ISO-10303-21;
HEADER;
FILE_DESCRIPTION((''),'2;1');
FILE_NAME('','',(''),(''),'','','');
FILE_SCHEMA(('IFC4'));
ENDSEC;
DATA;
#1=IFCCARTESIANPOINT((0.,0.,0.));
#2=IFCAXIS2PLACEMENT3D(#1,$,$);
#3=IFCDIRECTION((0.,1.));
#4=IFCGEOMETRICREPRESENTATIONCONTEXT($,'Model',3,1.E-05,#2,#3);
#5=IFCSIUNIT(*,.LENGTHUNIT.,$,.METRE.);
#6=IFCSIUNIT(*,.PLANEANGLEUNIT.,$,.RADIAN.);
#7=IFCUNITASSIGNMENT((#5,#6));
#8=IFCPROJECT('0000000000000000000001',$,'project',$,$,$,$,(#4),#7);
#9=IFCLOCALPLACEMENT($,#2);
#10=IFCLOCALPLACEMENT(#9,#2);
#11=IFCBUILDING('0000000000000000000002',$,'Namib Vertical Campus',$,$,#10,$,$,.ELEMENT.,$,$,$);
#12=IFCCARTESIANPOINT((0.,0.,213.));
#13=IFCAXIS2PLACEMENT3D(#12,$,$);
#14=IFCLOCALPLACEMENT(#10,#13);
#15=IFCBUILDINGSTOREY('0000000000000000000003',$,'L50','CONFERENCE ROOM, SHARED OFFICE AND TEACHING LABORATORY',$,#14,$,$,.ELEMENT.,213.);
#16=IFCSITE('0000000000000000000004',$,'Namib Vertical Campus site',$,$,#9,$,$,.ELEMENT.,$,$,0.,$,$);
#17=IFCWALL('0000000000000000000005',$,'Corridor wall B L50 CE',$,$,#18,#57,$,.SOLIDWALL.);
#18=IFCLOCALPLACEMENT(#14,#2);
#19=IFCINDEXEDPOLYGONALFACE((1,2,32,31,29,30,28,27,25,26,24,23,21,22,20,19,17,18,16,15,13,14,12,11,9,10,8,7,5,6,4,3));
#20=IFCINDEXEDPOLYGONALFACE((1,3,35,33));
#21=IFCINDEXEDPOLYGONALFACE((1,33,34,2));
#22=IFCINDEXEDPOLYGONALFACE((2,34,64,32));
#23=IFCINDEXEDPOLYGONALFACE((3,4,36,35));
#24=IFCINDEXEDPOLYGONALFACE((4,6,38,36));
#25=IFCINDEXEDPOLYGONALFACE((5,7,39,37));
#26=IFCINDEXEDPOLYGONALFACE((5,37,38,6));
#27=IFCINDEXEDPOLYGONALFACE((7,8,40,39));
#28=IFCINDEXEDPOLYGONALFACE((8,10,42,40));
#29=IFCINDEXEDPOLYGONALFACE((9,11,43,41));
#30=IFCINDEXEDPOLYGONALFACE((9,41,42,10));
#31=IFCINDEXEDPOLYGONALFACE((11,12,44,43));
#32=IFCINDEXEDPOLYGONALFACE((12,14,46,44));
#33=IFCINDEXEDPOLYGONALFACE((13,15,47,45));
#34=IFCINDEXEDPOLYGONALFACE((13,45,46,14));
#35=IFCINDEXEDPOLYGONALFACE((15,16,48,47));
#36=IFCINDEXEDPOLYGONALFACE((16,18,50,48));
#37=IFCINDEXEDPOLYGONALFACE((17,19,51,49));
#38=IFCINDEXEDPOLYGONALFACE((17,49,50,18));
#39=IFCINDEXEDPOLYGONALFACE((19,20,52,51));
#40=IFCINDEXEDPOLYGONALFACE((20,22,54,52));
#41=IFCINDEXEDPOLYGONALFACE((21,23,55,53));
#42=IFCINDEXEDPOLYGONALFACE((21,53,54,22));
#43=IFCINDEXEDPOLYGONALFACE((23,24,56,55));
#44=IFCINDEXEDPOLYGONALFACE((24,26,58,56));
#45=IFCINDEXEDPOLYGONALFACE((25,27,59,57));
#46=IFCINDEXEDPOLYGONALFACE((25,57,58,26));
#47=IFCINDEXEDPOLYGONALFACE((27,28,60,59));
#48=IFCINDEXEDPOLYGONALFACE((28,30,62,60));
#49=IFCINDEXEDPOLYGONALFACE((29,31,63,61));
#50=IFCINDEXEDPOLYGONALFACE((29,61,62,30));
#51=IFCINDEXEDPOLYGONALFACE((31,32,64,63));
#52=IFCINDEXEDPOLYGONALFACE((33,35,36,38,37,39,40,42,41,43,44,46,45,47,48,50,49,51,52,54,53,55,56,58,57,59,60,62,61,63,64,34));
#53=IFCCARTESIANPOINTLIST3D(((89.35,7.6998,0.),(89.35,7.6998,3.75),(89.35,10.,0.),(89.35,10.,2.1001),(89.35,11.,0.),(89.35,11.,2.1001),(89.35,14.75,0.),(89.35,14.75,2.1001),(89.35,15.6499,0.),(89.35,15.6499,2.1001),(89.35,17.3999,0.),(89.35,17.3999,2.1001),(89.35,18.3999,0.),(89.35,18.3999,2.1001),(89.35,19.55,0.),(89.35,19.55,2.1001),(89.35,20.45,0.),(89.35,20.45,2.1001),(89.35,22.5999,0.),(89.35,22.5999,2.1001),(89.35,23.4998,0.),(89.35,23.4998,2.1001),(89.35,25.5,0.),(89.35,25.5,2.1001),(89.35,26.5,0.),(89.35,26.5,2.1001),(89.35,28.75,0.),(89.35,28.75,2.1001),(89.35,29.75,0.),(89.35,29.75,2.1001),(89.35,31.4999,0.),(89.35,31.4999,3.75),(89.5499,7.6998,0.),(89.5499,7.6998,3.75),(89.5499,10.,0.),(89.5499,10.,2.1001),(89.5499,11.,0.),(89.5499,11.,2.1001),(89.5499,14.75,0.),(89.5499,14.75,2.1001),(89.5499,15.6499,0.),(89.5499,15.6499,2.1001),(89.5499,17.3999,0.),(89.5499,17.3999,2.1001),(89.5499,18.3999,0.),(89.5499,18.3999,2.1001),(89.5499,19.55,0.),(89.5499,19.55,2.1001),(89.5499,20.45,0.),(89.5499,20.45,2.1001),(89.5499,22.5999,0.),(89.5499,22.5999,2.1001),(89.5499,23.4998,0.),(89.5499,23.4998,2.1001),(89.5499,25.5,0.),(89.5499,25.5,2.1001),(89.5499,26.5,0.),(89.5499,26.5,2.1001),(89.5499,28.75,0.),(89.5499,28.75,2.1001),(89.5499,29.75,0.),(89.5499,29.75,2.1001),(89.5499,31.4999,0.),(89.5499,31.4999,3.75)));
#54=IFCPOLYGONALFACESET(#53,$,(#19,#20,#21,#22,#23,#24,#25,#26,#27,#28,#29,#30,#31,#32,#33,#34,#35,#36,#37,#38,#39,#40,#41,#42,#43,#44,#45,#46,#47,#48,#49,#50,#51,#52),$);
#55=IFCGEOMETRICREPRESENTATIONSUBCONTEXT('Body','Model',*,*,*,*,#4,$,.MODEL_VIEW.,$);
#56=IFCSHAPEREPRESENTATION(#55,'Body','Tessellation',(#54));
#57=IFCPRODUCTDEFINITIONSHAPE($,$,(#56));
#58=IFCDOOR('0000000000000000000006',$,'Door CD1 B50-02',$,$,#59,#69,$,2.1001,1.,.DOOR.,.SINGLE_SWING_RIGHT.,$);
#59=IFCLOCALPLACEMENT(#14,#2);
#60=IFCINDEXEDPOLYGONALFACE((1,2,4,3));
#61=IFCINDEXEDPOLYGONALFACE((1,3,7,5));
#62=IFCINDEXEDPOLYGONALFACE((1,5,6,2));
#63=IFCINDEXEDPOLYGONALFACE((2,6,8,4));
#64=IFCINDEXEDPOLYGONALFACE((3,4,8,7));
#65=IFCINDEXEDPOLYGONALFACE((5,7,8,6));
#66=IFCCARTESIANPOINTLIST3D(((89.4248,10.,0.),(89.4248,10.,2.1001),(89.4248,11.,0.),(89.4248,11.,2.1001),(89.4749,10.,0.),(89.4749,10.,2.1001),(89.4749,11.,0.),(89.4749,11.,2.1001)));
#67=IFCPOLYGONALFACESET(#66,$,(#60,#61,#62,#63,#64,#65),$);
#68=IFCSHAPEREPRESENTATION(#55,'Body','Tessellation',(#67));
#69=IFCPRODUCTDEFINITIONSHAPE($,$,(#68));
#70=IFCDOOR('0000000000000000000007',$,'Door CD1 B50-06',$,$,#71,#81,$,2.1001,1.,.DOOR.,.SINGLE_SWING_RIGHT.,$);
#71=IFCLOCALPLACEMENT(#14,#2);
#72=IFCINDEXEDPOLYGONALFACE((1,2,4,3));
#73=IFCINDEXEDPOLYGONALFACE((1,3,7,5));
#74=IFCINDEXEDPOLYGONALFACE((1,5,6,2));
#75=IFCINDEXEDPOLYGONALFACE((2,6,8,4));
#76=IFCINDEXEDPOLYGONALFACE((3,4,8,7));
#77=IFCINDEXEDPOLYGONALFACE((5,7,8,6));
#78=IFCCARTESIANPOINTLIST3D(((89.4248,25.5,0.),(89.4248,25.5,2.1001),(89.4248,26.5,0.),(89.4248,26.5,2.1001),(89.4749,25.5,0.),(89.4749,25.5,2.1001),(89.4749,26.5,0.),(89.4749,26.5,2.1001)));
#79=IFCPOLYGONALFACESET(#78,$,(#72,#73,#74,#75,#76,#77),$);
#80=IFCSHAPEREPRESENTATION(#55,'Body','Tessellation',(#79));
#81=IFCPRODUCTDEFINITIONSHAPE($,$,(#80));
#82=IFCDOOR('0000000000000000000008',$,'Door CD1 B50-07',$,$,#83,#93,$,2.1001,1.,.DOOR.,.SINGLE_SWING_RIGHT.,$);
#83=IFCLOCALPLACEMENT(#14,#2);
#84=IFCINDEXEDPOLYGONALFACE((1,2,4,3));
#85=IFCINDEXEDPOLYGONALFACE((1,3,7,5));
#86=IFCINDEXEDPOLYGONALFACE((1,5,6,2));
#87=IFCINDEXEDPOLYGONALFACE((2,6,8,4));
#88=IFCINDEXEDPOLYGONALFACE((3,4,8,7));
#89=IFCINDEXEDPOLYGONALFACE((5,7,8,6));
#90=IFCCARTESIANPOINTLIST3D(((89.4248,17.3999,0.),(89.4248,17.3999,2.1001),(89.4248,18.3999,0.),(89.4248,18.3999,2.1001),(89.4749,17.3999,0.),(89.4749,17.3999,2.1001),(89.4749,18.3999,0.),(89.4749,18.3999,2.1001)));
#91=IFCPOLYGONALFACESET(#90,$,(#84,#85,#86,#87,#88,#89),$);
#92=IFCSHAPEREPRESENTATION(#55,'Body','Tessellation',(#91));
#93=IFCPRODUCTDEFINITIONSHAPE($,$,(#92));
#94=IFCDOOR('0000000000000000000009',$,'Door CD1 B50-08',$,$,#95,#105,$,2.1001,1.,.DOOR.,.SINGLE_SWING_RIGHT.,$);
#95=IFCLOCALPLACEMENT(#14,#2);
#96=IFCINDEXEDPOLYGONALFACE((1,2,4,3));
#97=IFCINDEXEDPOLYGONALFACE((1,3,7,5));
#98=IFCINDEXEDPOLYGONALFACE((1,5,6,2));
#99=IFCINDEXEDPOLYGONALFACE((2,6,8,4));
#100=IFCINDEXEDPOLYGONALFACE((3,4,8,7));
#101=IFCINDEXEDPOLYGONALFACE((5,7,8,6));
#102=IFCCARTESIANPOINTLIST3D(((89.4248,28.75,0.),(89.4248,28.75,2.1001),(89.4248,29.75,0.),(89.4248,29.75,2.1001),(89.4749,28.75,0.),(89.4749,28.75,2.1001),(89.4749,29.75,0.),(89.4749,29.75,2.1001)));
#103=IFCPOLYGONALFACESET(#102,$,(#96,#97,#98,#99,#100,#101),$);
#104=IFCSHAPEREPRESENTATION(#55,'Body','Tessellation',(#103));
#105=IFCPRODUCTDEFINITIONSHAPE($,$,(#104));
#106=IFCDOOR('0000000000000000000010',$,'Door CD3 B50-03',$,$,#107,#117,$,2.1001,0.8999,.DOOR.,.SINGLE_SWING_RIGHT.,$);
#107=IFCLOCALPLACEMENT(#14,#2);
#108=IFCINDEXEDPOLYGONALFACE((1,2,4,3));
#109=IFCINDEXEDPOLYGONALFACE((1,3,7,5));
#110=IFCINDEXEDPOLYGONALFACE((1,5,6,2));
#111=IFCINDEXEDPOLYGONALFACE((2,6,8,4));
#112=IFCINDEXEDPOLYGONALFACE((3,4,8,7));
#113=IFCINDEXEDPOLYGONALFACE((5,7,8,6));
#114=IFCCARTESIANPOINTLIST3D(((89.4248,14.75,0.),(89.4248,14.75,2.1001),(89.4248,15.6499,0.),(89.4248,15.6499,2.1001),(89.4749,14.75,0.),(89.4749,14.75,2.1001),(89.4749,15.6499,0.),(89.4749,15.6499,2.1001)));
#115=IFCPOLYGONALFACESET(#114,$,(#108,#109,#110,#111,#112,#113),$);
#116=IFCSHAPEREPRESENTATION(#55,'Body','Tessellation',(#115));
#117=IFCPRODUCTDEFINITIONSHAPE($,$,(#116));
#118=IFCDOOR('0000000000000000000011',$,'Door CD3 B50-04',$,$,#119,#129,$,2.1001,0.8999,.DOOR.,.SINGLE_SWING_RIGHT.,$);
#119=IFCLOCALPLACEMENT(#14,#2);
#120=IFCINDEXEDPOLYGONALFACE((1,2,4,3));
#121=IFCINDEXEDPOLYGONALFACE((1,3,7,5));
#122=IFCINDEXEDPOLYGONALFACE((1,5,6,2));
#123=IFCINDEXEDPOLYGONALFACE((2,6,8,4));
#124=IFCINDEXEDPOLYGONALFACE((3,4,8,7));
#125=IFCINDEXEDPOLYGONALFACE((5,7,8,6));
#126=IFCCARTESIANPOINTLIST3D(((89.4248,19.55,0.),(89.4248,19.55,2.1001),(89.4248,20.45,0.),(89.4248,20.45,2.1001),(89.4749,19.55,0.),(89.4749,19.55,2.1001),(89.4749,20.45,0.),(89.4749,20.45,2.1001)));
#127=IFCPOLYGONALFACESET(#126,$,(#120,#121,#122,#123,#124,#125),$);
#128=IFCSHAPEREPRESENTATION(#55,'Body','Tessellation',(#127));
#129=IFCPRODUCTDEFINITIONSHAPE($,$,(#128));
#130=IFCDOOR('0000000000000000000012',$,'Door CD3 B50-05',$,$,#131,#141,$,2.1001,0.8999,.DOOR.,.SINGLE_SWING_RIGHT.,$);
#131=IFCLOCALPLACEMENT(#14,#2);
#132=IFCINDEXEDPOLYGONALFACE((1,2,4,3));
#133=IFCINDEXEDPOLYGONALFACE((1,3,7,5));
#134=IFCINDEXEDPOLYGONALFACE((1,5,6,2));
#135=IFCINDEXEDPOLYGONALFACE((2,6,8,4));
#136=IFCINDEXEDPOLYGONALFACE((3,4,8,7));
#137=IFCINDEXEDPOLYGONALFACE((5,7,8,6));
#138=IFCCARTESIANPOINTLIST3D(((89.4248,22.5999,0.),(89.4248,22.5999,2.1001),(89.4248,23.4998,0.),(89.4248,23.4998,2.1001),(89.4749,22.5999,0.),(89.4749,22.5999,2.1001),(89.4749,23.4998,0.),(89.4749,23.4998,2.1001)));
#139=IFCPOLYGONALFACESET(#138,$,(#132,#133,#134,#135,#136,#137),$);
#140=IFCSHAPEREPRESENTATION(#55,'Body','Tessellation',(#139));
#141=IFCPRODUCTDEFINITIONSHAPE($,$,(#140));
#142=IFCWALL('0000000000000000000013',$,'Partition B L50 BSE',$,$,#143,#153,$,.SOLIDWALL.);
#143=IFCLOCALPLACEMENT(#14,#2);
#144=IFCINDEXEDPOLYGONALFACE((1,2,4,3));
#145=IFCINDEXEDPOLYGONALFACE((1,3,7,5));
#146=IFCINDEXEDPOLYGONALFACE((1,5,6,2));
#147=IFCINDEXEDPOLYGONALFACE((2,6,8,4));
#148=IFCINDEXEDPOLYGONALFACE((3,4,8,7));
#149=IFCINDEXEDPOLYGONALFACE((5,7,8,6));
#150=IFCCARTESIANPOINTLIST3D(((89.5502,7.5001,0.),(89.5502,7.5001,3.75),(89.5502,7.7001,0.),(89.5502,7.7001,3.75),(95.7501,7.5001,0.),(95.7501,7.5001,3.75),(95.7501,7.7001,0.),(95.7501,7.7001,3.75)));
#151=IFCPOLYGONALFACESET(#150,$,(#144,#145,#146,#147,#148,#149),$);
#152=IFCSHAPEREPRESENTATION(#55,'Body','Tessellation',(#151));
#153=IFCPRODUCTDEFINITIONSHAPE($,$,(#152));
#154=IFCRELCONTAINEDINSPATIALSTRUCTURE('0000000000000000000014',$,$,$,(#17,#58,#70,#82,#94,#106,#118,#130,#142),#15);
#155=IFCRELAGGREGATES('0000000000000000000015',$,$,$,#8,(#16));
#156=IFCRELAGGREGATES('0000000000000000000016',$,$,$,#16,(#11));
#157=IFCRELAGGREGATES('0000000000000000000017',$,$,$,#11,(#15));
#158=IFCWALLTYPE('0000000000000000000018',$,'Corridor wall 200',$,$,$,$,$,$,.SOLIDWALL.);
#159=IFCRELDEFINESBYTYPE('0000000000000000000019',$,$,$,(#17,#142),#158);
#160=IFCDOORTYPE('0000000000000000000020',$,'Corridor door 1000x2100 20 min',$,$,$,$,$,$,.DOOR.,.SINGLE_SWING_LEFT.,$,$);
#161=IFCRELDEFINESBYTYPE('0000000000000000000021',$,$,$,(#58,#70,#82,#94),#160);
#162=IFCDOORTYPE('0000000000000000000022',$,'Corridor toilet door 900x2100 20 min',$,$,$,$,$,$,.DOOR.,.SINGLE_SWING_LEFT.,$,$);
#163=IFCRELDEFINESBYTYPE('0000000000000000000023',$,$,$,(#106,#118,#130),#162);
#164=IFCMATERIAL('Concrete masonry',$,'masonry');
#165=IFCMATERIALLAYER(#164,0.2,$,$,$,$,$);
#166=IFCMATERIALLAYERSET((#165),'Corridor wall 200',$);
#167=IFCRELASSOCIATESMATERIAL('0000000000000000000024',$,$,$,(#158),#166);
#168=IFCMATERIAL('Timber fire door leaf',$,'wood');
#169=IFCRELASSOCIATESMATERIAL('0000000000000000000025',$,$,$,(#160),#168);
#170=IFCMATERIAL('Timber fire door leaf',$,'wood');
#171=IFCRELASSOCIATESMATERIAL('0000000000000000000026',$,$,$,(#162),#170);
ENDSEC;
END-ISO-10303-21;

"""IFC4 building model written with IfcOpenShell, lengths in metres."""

from ifc_helpers import new_model, si_unit, direction, frame, frame_2d, origin, place, context, subcontext, project, spatial, rectangle, extrude, material, layer, layer_set, type_object, element, fill, save


model = new_model("IFC4")

# Units and contexts
model_context = context("Model", 3, precision=1e-05, world=origin(), true_north=direction((0.0, 1.0)))
body_context = subcontext(model_context, "Body", "Model", "MODEL_VIEW")
ifc_project = project(units=[si_unit("LENGTHUNIT", "METRE"), si_unit("PLANEANGLEUNIT", "RADIAN")], contexts=[model_context])

# Site, building, storey
site_placement = place(None, origin())
site = spatial("IfcSite", under=ifc_project, at=site_placement, Name="Namib Vertical Campus site", CompositionType="ELEMENT", RefElevation=0.0)
building_placement = place(site_placement, origin())
building = spatial("IfcBuilding", under=site, at=building_placement, Name="Namib Vertical Campus", CompositionType="ELEMENT")
storey_placement = place(building_placement, frame((0.0, 0.0, 213.0)))
storey = spatial("IfcBuildingStorey", under=building, at=storey_placement, Name="L50", Description="CONFERENCE ROOM, SHARED OFFICE AND TEACHING LABORATORY", CompositionType="ELEMENT", Elevation=213.0)

# Wall, openings, doors
ifc_material_1 = material(Name="Concrete masonry", Category="masonry")
ifc_layer_1 = layer(ifc_material_1, 0.2)
ifc_layer_set_1 = layer_set([ifc_layer_1], Name="Corridor wall 200")
wall_type_1 = type_object("IfcWallType", Name="Corridor wall 200", PredefinedType="SOLIDWALL", material=ifc_layer_set_1)
wall_1_placement = place(storey_placement, frame((89.45, 7.7, 0.0), z_axis=(0.0, 0.0, 1.0), x_axis=(0.0, 1.0, 0.0)))
wall_1 = element("IfcWall", 1, at=wall_1_placement, inside=storey, type_object=wall_type_1, Name="Corridor wall B L50 CE", PredefinedType="SOLIDWALL", context=body_context, shape_type="SweptSolid", body=[
    extrude(rectangle(XDim=23.8, YDim=0.2, at=frame_2d((11.8999, 0.0))), origin(), (0.0, 0.0, 1.0), 3.75),
])
opening_1_placement = place(wall_1_placement, frame((2.3, 0.0, 0.0)))
opening_1 = element("IfcOpeningElement", 2, at=opening_1_placement, cuts=wall_1, PredefinedType="OPENING", context=body_context, shape_type="SweptSolid", body=[
    extrude(rectangle(XDim=1.0, YDim=2.1001, at=frame_2d((0.5, 1.05))), frame((0.0, 0.1099, 0.0), z_axis=(0.0, -1.0, 0.0), x_axis=(1.0, 0.0, 0.0)), (0.0, 0.0, 1.0), 0.22),
])
opening_2_placement = place(wall_1_placement, frame((7.05, 0.0, 0.0)))
opening_2 = element("IfcOpeningElement", 3, at=opening_2_placement, cuts=wall_1, PredefinedType="OPENING", context=body_context, shape_type="SweptSolid", body=[
    extrude(rectangle(XDim=0.8999, YDim=2.1001, at=frame_2d((0.45, 1.05))), frame((0.0, 0.1099, 0.0), z_axis=(0.0, -1.0, 0.0), x_axis=(1.0, 0.0, 0.0)), (0.0, 0.0, 1.0), 0.22),
])
opening_3_placement = place(wall_1_placement, frame((11.8501, 0.0, 0.0)))
opening_3 = element("IfcOpeningElement", 4, at=opening_3_placement, cuts=wall_1, PredefinedType="OPENING", context=body_context, shape_type="SweptSolid", body=[
    extrude(rectangle(XDim=0.8999, YDim=2.1001, at=frame_2d((0.45, 1.05))), frame((0.0, 0.1099, 0.0), z_axis=(0.0, -1.0, 0.0), x_axis=(1.0, 0.0, 0.0)), (0.0, 0.0, 1.0), 0.22),
])
opening_4_placement = place(wall_1_placement, frame((14.8999, 0.0, 0.0)))
opening_4 = element("IfcOpeningElement", 5, at=opening_4_placement, cuts=wall_1, PredefinedType="OPENING", context=body_context, shape_type="SweptSolid", body=[
    extrude(rectangle(XDim=0.8999, YDim=2.1001, at=frame_2d((0.45, 1.05))), frame((0.0, 0.1099, 0.0), z_axis=(0.0, -1.0, 0.0), x_axis=(1.0, 0.0, 0.0)), (0.0, 0.0, 1.0), 0.22),
])
opening_5_placement = place(wall_1_placement, frame((17.8, 0.0, 0.0)))
opening_5 = element("IfcOpeningElement", 6, at=opening_5_placement, cuts=wall_1, PredefinedType="OPENING", context=body_context, shape_type="SweptSolid", body=[
    extrude(rectangle(XDim=1.0, YDim=2.1001, at=frame_2d((0.5, 1.05))), frame((0.0, 0.1099, 0.0), z_axis=(0.0, -1.0, 0.0), x_axis=(1.0, 0.0, 0.0)), (0.0, 0.0, 1.0), 0.22),
])
opening_6_placement = place(wall_1_placement, frame((9.7, 0.0, 0.0)))
opening_6 = element("IfcOpeningElement", 7, at=opening_6_placement, cuts=wall_1, PredefinedType="OPENING", context=body_context, shape_type="SweptSolid", body=[
    extrude(rectangle(XDim=1.0, YDim=2.1001, at=frame_2d((0.5, 1.05))), frame((0.0, 0.1099, 0.0), z_axis=(0.0, -1.0, 0.0), x_axis=(1.0, 0.0, 0.0)), (0.0, 0.0, 1.0), 0.22),
])
opening_7_placement = place(wall_1_placement, frame((21.05, 0.0, 0.0)))
opening_7 = element("IfcOpeningElement", 8, at=opening_7_placement, cuts=wall_1, PredefinedType="OPENING", context=body_context, shape_type="SweptSolid", body=[
    extrude(rectangle(XDim=1.0, YDim=2.1001, at=frame_2d((0.5, 1.05))), frame((0.0, 0.1099, 0.0), z_axis=(0.0, -1.0, 0.0), x_axis=(1.0, 0.0, 0.0)), (0.0, 0.0, 1.0), 0.22),
])
ifc_material_2 = material(Name="Timber fire door leaf", Category="wood")
door_type_1 = type_object("IfcDoorType", Name="Corridor door 1000x2100 20 min", OperationType="SINGLE_SWING_LEFT", PredefinedType="DOOR", material=ifc_material_2)
door_1_placement = place(opening_1_placement, frame((1.0, 0.0, 0.0), z_axis=(0.0, 0.0, 1.0), x_axis=(-1.0, 0.0, 0.0)))
door_1 = element("IfcDoor", 9, at=door_1_placement, inside=storey, type_object=door_type_1, Name="Door CD1 B50-02", OperationType="SINGLE_SWING_RIGHT", OverallHeight=2.1001, OverallWidth=1.0, PredefinedType="DOOR", context=body_context, shape_type="SweptSolid", body=[
    extrude(rectangle(XDim=1.0, YDim=2.1001, at=frame_2d((0.5, 1.05))), frame((0.0, 0.0249, 0.0), z_axis=(0.0, -1.0, 0.0), x_axis=(1.0, 0.0, 0.0)), (0.0, 0.0, 1.0), 0.05),
])
fill(opening_1, door_1)
door_2_placement = place(opening_5_placement, frame((1.0, 0.0, 0.0), z_axis=(0.0, 0.0, 1.0), x_axis=(-1.0, 0.0, 0.0)))
door_2 = element("IfcDoor", 10, at=door_2_placement, inside=storey, type_object=door_type_1, Name="Door CD1 B50-06", OperationType="SINGLE_SWING_RIGHT", OverallHeight=2.1001, OverallWidth=1.0, PredefinedType="DOOR", context=body_context, shape_type="SweptSolid", body=[
    extrude(rectangle(XDim=1.0, YDim=2.1001, at=frame_2d((0.5, 1.05))), frame((0.0, 0.0249, 0.0), z_axis=(0.0, -1.0, 0.0), x_axis=(1.0, 0.0, 0.0)), (0.0, 0.0, 1.0), 0.05),
])
fill(opening_5, door_2)
door_3_placement = place(opening_6_placement, frame((1.0, 0.0, 0.0), z_axis=(0.0, 0.0, 1.0), x_axis=(-1.0, 0.0, 0.0)))
door_3 = element("IfcDoor", 11, at=door_3_placement, inside=storey, type_object=door_type_1, Name="Door CD1 B50-07", OperationType="SINGLE_SWING_RIGHT", OverallHeight=2.1001, OverallWidth=1.0, PredefinedType="DOOR", context=body_context, shape_type="SweptSolid", body=[
    extrude(rectangle(XDim=1.0, YDim=2.1001, at=frame_2d((0.5, 1.05))), frame((0.0, 0.0249, 0.0), z_axis=(0.0, -1.0, 0.0), x_axis=(1.0, 0.0, 0.0)), (0.0, 0.0, 1.0), 0.05),
])
fill(opening_6, door_3)
door_4_placement = place(opening_7_placement, frame((1.0, 0.0, 0.0), z_axis=(0.0, 0.0, 1.0), x_axis=(-1.0, 0.0, 0.0)))
door_4 = element("IfcDoor", 12, at=door_4_placement, inside=storey, type_object=door_type_1, Name="Door CD1 B50-08", OperationType="SINGLE_SWING_RIGHT", OverallHeight=2.1001, OverallWidth=1.0, PredefinedType="DOOR", context=body_context, shape_type="SweptSolid", body=[
    extrude(rectangle(XDim=1.0, YDim=2.1001, at=frame_2d((0.5, 1.05))), frame((0.0, 0.0249, 0.0), z_axis=(0.0, -1.0, 0.0), x_axis=(1.0, 0.0, 0.0)), (0.0, 0.0, 1.0), 0.05),
])
fill(opening_7, door_4)
ifc_material_3 = material(Name="Timber fire door leaf", Category="wood")
door_type_2 = type_object("IfcDoorType", Name="Corridor toilet door 900x2100 20 min", OperationType="SINGLE_SWING_LEFT", PredefinedType="DOOR", material=ifc_material_3)
door_5_placement = place(opening_2_placement, frame((0.8999, 0.0, 0.0), z_axis=(0.0, 0.0, 1.0), x_axis=(-1.0, 0.0, 0.0)))
door_5 = element("IfcDoor", 13, at=door_5_placement, inside=storey, type_object=door_type_2, Name="Door CD3 B50-03", OperationType="SINGLE_SWING_RIGHT", OverallHeight=2.1001, OverallWidth=0.8999, PredefinedType="DOOR", context=body_context, shape_type="SweptSolid", body=[
    extrude(rectangle(XDim=0.8999, YDim=2.1001, at=frame_2d((0.45, 1.05))), frame((0.0, 0.0249, 0.0), z_axis=(0.0, -1.0, 0.0), x_axis=(1.0, 0.0, 0.0)), (0.0, 0.0, 1.0), 0.05),
])
fill(opening_2, door_5)
door_6_placement = place(opening_3_placement, frame((0.8999, 0.0, 0.0), z_axis=(0.0, 0.0, 1.0), x_axis=(-1.0, 0.0, 0.0)))
door_6 = element("IfcDoor", 14, at=door_6_placement, inside=storey, type_object=door_type_2, Name="Door CD3 B50-04", OperationType="SINGLE_SWING_RIGHT", OverallHeight=2.1001, OverallWidth=0.8999, PredefinedType="DOOR", context=body_context, shape_type="SweptSolid", body=[
    extrude(rectangle(XDim=0.8999, YDim=2.1001, at=frame_2d((0.45, 1.05))), frame((0.0, 0.0249, 0.0), z_axis=(0.0, -1.0, 0.0), x_axis=(1.0, 0.0, 0.0)), (0.0, 0.0, 1.0), 0.05),
])
fill(opening_3, door_6)
door_7_placement = place(opening_4_placement, frame((0.8999, 0.0, 0.0), z_axis=(0.0, 0.0, 1.0), x_axis=(-1.0, 0.0, 0.0)))
door_7 = element("IfcDoor", 15, at=door_7_placement, inside=storey, type_object=door_type_2, Name="Door CD3 B50-05", OperationType="SINGLE_SWING_RIGHT", OverallHeight=2.1001, OverallWidth=0.8999, PredefinedType="DOOR", context=body_context, shape_type="SweptSolid", body=[
    extrude(rectangle(XDim=0.8999, YDim=2.1001, at=frame_2d((0.45, 1.05))), frame((0.0, 0.0249, 0.0), z_axis=(0.0, -1.0, 0.0), x_axis=(1.0, 0.0, 0.0)), (0.0, 0.0, 1.0), 0.05),
])
fill(opening_4, door_7)

# Wall
wall_2_placement = place(storey_placement, frame((89.55, 7.6001, 0.0), z_axis=(0.0, 0.0, 1.0), x_axis=(1.0, 0.0, 0.0)))
element("IfcWall", 16, at=wall_2_placement, inside=storey, type_object=wall_type_1, Name="Partition B L50 BSE", PredefinedType="SOLIDWALL", context=body_context, shape_type="SweptSolid", body=[
    extrude(rectangle(XDim=6.2, YDim=0.2, at=frame_2d((3.1001, 0.0))), origin(), (0.0, 0.0, 1.0), 3.75),
])

save(model, "model.ifc")
